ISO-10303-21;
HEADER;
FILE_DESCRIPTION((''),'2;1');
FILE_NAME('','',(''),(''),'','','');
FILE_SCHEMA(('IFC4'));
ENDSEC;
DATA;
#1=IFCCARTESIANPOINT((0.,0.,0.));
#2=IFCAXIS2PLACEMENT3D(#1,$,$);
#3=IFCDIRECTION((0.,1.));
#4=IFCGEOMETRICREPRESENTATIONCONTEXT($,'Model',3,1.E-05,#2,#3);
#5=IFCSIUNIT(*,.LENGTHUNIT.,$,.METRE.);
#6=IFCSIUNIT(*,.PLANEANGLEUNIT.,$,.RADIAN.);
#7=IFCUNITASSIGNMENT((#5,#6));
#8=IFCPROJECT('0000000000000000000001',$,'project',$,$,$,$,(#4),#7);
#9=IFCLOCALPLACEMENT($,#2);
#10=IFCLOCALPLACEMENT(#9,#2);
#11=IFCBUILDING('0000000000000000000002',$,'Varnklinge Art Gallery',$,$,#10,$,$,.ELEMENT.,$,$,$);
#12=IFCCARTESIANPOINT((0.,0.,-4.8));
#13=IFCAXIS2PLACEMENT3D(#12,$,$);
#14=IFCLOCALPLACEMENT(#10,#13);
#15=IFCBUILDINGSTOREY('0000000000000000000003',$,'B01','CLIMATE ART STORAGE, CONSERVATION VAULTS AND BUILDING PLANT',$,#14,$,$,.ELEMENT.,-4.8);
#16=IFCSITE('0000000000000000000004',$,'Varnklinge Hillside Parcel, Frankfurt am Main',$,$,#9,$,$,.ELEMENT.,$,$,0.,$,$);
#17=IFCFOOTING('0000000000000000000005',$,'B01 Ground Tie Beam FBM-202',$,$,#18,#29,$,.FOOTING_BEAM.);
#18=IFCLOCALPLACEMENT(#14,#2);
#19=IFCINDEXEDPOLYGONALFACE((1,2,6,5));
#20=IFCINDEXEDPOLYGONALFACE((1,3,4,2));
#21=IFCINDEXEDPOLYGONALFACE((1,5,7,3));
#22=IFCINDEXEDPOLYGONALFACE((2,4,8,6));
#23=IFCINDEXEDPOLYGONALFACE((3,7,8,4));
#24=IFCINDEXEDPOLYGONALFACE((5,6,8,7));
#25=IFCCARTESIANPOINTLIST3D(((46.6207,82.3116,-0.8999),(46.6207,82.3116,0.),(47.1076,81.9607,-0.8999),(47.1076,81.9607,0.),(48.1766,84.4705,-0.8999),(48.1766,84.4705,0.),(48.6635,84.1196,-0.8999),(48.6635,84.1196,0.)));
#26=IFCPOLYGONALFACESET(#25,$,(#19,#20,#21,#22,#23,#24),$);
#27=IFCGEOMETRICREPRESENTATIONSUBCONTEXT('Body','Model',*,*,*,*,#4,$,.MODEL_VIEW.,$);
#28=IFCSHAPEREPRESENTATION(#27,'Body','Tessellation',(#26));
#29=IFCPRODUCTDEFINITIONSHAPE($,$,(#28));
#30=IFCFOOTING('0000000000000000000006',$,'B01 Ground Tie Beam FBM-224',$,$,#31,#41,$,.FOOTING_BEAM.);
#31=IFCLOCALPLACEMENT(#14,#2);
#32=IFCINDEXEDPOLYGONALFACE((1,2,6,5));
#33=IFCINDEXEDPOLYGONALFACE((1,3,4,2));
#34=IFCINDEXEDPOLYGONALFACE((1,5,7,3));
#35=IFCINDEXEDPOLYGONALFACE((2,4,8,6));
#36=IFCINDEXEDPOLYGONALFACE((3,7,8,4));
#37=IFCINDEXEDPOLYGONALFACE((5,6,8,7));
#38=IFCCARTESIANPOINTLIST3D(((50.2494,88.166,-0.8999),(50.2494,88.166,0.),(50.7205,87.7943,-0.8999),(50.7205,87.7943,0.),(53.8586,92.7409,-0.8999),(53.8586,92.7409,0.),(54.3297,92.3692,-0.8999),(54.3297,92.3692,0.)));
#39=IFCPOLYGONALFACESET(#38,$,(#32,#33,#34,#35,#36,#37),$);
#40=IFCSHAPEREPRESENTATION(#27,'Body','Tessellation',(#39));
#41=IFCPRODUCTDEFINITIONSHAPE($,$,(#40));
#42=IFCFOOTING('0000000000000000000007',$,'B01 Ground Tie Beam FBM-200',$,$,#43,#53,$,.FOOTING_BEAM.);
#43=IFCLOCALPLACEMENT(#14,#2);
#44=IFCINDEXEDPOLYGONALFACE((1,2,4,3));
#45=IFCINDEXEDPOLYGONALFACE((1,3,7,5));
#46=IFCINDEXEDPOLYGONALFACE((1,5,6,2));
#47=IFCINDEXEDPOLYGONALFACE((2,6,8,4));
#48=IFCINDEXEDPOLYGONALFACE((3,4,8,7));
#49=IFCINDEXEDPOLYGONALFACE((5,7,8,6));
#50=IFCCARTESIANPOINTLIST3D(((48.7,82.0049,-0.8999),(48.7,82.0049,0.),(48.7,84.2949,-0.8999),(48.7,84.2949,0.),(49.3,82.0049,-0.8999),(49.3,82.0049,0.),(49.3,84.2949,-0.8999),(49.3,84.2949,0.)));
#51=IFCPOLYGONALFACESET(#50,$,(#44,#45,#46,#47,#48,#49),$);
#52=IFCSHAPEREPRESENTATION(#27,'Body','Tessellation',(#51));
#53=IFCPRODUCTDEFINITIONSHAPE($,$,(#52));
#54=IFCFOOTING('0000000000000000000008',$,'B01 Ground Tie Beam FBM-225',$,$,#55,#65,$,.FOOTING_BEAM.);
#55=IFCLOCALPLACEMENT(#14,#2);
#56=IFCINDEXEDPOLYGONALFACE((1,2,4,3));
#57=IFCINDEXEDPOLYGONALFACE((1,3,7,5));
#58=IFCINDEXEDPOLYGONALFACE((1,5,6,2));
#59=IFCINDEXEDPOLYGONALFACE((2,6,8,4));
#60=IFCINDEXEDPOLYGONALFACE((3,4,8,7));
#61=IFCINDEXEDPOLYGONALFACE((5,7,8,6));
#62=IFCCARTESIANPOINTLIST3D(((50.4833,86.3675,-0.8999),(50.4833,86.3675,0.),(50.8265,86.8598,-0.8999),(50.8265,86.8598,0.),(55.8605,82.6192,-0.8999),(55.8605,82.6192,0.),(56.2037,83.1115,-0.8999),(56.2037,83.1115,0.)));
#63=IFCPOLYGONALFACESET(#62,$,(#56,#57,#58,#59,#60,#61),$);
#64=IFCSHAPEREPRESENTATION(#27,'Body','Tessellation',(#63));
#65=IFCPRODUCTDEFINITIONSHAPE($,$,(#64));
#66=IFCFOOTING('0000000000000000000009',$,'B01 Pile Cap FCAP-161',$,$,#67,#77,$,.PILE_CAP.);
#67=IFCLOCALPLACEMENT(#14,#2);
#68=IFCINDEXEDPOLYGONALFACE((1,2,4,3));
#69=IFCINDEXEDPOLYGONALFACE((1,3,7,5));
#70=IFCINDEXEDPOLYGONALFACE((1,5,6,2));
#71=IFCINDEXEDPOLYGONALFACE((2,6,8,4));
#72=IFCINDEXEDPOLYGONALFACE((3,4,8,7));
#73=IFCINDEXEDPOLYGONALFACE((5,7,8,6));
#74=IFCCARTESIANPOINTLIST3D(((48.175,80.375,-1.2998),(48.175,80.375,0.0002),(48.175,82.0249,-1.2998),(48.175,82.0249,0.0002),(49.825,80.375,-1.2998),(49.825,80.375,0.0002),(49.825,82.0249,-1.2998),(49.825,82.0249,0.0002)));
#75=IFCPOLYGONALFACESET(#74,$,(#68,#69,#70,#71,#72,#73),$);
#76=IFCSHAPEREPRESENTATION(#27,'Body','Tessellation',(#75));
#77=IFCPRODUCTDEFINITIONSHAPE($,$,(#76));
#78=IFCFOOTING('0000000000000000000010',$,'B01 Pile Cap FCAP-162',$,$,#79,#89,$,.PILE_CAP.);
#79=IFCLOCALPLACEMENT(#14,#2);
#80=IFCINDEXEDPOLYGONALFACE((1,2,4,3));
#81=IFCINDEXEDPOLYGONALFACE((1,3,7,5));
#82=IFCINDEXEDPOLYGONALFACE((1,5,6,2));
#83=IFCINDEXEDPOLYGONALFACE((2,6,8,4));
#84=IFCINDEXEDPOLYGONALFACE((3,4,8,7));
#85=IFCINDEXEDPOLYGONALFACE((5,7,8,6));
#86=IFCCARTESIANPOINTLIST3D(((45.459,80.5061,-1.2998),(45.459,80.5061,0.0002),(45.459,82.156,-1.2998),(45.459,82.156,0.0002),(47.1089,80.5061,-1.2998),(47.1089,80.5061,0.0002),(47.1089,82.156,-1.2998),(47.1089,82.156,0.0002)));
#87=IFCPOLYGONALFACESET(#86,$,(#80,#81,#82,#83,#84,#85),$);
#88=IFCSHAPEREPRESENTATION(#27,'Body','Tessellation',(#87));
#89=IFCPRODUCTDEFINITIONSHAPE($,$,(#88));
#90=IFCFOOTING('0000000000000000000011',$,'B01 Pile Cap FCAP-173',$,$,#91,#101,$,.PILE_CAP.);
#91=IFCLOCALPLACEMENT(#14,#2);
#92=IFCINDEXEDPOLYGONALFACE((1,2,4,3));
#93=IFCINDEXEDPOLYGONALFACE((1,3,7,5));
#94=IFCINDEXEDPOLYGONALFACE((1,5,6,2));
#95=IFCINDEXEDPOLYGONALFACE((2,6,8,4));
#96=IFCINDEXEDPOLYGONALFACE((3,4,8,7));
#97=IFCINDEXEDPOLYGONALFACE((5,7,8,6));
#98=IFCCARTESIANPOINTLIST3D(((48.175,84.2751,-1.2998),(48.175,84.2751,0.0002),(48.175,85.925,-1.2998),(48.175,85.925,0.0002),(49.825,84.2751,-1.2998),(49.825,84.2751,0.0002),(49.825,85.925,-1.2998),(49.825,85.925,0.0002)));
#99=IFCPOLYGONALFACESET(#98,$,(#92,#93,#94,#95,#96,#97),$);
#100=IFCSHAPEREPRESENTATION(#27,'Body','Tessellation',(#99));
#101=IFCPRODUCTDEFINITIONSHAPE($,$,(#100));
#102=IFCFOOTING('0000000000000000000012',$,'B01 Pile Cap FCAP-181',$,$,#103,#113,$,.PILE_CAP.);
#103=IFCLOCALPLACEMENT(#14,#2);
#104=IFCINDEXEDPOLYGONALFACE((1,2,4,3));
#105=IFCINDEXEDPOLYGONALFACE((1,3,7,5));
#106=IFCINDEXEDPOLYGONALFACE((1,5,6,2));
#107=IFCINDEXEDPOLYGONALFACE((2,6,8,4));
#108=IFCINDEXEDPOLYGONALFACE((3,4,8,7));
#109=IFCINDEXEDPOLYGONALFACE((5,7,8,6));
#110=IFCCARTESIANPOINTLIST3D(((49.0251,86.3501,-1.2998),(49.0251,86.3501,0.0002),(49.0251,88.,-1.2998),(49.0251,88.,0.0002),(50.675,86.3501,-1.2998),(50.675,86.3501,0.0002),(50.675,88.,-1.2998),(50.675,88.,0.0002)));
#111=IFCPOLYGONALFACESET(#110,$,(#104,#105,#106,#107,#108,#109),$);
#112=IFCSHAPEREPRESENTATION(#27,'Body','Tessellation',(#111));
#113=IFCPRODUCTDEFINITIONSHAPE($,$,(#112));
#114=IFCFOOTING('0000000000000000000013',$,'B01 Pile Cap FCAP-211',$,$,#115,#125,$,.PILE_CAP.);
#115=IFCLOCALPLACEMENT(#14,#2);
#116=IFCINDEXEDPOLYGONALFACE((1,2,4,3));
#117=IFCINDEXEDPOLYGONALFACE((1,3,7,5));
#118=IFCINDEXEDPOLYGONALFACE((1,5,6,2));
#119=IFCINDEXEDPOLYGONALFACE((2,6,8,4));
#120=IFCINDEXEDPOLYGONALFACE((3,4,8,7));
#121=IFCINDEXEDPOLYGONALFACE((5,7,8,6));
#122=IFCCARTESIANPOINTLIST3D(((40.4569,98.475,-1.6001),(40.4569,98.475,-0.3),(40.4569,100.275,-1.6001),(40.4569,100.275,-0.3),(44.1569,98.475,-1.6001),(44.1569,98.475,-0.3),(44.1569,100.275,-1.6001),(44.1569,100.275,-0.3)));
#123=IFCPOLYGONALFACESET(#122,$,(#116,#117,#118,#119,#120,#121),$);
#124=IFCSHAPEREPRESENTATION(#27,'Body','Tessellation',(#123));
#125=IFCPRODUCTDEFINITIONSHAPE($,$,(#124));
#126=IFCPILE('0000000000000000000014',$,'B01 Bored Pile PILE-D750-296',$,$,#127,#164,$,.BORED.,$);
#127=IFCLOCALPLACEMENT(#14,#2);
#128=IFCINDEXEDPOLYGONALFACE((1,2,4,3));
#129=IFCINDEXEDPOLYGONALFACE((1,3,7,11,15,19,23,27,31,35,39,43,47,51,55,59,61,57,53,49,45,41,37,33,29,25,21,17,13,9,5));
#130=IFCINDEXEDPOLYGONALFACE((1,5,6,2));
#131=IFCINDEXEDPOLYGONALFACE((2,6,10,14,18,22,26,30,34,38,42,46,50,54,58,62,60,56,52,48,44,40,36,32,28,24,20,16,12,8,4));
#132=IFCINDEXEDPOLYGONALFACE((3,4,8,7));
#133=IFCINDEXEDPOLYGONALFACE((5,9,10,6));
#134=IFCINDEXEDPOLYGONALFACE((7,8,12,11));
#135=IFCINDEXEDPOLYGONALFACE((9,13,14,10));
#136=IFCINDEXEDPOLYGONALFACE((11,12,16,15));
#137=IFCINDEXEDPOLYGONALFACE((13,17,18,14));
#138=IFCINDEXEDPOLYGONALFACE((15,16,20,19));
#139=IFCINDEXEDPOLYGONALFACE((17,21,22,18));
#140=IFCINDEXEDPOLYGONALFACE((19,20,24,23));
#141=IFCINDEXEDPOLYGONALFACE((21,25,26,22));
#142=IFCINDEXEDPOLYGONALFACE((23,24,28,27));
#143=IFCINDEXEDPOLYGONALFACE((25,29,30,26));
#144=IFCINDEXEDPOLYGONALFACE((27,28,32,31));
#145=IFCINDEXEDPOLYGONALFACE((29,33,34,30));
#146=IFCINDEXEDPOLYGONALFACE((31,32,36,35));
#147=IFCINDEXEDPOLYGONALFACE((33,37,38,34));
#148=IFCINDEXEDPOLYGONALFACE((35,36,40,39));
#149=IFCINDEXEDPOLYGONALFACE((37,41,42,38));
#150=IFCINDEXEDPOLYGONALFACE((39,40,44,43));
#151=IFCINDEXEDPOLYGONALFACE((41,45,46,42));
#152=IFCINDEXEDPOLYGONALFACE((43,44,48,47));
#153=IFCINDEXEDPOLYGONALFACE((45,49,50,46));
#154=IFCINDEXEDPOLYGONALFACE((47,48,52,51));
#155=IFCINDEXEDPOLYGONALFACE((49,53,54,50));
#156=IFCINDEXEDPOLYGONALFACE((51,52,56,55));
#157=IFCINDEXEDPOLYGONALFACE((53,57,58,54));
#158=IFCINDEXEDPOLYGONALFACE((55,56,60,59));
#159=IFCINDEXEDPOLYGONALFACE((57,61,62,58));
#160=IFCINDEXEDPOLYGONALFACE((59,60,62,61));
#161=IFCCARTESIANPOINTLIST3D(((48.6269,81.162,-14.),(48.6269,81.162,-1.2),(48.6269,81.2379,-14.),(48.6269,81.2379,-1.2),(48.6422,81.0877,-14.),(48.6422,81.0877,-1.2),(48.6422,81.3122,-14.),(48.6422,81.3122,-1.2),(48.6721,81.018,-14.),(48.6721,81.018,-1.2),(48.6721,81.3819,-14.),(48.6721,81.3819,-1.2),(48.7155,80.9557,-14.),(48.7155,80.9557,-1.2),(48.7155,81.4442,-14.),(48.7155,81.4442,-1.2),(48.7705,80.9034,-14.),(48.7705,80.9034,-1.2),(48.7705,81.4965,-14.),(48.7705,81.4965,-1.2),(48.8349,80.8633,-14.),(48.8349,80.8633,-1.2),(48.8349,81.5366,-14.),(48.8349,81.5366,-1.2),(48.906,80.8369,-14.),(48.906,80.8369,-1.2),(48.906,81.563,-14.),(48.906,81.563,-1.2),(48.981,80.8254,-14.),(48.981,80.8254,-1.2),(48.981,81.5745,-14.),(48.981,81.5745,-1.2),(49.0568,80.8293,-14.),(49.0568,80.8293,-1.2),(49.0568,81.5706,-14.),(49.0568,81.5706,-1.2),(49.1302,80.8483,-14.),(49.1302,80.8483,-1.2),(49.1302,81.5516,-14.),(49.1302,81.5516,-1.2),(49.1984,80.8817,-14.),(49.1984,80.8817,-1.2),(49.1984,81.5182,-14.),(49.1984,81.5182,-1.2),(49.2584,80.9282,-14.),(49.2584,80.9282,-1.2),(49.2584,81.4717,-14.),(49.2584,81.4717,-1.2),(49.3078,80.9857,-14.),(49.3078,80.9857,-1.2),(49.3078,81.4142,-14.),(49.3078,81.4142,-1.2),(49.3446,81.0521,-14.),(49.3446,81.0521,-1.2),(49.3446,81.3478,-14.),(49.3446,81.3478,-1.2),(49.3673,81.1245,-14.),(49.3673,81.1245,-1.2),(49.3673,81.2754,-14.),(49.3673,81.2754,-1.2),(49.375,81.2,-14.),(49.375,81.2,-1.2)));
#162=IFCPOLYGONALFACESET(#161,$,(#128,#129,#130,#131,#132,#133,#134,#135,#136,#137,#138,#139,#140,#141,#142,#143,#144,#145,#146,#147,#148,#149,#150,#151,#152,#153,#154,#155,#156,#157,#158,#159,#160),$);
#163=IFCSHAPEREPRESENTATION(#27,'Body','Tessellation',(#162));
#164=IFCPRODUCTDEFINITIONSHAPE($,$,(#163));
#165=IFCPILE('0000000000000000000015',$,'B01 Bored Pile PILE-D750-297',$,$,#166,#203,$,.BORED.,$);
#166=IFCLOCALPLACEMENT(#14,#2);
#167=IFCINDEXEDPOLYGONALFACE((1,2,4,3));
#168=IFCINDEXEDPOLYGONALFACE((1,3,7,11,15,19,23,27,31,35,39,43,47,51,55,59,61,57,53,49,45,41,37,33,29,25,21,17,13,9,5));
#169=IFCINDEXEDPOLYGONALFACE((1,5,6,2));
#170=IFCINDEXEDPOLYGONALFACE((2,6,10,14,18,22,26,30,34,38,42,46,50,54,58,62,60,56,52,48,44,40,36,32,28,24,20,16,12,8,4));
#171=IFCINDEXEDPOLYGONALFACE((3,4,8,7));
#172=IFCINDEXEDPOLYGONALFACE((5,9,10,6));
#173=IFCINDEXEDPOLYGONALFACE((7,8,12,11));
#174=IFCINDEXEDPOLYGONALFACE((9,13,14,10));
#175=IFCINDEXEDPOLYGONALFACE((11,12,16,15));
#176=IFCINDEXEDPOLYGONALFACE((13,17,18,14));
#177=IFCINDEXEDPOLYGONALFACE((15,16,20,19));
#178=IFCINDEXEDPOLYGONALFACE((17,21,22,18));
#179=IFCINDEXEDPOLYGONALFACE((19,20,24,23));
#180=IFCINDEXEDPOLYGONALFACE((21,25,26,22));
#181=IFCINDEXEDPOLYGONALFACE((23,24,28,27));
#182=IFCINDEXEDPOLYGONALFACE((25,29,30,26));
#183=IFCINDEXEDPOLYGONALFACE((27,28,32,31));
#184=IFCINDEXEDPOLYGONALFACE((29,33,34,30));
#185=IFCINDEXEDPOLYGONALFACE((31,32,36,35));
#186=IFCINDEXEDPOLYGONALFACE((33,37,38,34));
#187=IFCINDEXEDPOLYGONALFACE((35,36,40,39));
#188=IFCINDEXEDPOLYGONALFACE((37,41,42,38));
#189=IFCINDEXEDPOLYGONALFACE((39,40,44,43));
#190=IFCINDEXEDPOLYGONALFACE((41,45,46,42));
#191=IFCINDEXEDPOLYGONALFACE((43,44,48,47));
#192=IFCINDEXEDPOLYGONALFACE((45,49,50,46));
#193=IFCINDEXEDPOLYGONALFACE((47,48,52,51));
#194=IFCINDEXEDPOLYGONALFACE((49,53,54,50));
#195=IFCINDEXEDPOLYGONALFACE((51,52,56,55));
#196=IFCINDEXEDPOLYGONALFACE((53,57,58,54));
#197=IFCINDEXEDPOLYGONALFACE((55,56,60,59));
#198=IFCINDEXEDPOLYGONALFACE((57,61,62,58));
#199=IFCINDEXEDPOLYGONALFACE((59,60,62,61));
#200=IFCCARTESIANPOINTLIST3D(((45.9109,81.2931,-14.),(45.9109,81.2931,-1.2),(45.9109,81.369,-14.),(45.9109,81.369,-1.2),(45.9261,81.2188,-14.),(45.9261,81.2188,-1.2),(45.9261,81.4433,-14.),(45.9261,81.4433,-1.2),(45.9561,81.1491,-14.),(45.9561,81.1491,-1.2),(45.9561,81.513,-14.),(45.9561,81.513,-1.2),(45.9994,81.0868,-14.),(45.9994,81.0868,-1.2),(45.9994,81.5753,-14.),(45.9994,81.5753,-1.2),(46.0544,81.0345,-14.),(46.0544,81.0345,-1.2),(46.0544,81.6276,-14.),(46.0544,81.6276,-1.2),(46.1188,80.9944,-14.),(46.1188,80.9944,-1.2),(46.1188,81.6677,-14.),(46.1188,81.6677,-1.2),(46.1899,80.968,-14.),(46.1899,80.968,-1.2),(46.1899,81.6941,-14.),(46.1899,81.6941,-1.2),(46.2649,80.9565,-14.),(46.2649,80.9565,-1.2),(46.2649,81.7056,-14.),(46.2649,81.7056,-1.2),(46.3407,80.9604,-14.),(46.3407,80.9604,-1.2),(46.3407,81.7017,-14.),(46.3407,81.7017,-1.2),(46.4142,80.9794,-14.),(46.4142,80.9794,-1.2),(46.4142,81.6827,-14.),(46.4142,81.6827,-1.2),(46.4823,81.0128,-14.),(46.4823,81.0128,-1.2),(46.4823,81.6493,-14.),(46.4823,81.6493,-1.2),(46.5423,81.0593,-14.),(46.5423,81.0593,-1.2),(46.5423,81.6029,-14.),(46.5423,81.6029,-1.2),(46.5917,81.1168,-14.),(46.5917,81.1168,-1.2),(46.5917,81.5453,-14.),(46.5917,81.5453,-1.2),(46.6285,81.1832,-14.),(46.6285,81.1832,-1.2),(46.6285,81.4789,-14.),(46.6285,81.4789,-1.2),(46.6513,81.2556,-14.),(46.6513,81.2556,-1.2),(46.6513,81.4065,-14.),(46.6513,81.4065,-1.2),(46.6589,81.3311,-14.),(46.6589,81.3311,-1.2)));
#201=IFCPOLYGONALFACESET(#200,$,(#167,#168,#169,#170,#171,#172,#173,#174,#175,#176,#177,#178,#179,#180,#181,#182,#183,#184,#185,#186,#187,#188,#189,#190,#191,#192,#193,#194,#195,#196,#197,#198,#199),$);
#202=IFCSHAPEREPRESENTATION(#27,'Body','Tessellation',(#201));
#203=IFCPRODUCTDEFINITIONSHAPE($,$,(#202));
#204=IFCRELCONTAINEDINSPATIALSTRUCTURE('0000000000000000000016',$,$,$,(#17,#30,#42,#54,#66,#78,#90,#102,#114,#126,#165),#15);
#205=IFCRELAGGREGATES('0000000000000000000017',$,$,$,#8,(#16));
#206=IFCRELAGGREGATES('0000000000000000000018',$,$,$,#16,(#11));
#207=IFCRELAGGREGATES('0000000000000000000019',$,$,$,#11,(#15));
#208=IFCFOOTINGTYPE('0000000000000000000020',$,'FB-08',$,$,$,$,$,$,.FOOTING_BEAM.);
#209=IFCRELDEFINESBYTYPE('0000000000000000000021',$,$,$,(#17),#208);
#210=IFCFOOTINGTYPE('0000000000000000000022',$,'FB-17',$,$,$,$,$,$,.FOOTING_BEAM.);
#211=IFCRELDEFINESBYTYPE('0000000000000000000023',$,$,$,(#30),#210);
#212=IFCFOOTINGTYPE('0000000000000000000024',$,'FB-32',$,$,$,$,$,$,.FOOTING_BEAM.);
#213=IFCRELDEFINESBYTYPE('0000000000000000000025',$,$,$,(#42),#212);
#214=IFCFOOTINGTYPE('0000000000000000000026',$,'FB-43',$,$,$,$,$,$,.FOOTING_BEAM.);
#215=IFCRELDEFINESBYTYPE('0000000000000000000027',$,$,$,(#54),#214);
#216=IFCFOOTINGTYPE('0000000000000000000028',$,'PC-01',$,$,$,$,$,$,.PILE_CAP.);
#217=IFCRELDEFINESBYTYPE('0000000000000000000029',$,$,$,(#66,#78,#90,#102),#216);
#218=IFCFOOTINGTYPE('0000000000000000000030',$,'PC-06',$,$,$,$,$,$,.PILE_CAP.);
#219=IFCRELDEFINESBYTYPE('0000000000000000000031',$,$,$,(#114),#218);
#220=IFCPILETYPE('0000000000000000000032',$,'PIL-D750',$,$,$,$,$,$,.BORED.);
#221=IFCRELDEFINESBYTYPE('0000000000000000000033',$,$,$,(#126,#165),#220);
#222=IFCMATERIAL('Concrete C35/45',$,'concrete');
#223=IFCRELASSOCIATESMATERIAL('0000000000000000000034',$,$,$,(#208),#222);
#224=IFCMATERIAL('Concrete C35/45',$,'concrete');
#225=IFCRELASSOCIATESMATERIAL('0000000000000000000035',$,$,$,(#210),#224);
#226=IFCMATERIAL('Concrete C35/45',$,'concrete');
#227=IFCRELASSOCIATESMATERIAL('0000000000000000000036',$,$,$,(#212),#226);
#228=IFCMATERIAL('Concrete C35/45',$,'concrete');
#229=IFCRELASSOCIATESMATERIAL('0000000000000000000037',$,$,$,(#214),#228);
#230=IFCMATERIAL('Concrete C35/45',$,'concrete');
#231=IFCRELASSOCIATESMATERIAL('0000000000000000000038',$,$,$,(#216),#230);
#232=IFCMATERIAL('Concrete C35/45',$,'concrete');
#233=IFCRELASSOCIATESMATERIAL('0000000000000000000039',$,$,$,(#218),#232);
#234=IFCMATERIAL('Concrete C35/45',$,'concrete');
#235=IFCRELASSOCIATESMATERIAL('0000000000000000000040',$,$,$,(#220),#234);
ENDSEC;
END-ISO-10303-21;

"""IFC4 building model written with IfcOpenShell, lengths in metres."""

from ifc_helpers import new_model, si_unit, direction, frame, origin, origin_2d, place, context, subcontext, project, spatial, rectangle, circle, extrude, material, material_profile, profile_set, type_object, element, save


model = new_model("IFC4")

# Units and contexts
model_context = context("Model", 3, precision=1e-05, world=origin(), true_north=direction((0.0, 1.0)))
body_context = subcontext(model_context, "Body", "Model", "MODEL_VIEW")
ifc_project = project(units=[si_unit("LENGTHUNIT", "METRE"), si_unit("PLANEANGLEUNIT", "RADIAN")], contexts=[model_context])

# Site, building, storey
site_placement = place(None, origin())
site = spatial("IfcSite", under=ifc_project, at=site_placement, Name="Varnklinge Hillside Parcel, Frankfurt am Main", CompositionType="ELEMENT", RefElevation=0.0)
building_placement = place(site_placement, origin())
building = spatial("IfcBuilding", under=site, at=building_placement, Name="Varnklinge Art Gallery", CompositionType="ELEMENT")
storey_placement = place(building_placement, frame((0.0, 0.0, -4.8)))
storey = spatial("IfcBuildingStorey", under=building, at=storey_placement, Name="B01", Description="CLIMATE ART STORAGE, CONSERVATION VAULTS AND BUILDING PLANT", CompositionType="ELEMENT", Elevation=-4.8)

# Footings
ifc_material_1 = material(Name="Concrete C35/45", Category="concrete")
footing_type_1 = type_object("IfcFootingType", Name="FB-08", PredefinedType="FOOTING_BEAM", material=ifc_material_1)
footing_1_placement = place(storey_placement, frame((47.6421, 83.2156, -0.8999), z_axis=(0.0, 0.0, 1.0), x_axis=(0.584675, 0.811268, 0.0)))
element("IfcFooting", 1, at=footing_1_placement, inside=storey, type_object=footing_type_1, Name="B01 Ground Tie Beam FBM-202", PredefinedType="FOOTING_BEAM", context=body_context, shape_type="SweptSolid", body=[
    extrude(rectangle(XDim=2.6611, YDim=0.6001, at=origin_2d()), origin(), (0.0, 0.0, 1.0), 0.8999),
])
ifc_material_2 = material(Name="Concrete C35/45", Category="concrete")
footing_type_2 = type_object("IfcFootingType", Name="FB-17", PredefinedType="FOOTING_BEAM", material=ifc_material_2)
footing_2_placement = place(storey_placement, frame((52.2896, 90.2676, -0.8999), z_axis=(0.0, 0.0, 1.0), x_axis=(0.619368, 0.785101, 0.0)))
element("IfcFooting", 2, at=footing_2_placement, inside=storey, type_object=footing_type_2, Name="B01 Ground Tie Beam FBM-224", PredefinedType="FOOTING_BEAM", context=body_context, shape_type="SweptSolid", body=[
    extrude(rectangle(XDim=5.8271, YDim=0.6001, at=origin_2d()), origin(), (0.0, 0.0, 1.0), 0.8999),
])
ifc_material_3 = material(Name="Concrete C35/45", Category="concrete")
footing_type_3 = type_object("IfcFootingType", Name="FB-32", PredefinedType="FOOTING_BEAM", material=ifc_material_3)
footing_3_placement = place(storey_placement, frame((49.0, 83.1499, -0.8999), z_axis=(0.0, 0.0, 1.0), x_axis=(0.0, 1.0, 0.0)))
element("IfcFooting", 3, at=footing_3_placement, inside=storey, type_object=footing_type_3, Name="B01 Ground Tie Beam FBM-200", PredefinedType="FOOTING_BEAM", context=body_context, shape_type="SweptSolid", body=[
    extrude(rectangle(XDim=2.29, YDim=0.6001, at=origin_2d()), origin(), (0.0, 0.0, 1.0), 0.8999),
])
ifc_material_4 = material(Name="Concrete C35/45", Category="concrete")
footing_type_4 = type_object("IfcFootingType", Name="FB-43", PredefinedType="FOOTING_BEAM", material=ifc_material_4)
footing_4_placement = place(storey_placement, frame((53.3435, 84.7395, -0.8999), z_axis=(0.0, 0.0, 1.0), x_axis=(0.820352, -0.57186, 0.0)))
element("IfcFooting", 4, at=footing_4_placement, inside=storey, type_object=footing_type_4, Name="B01 Ground Tie Beam FBM-225", PredefinedType="FOOTING_BEAM", context=body_context, shape_type="SweptSolid", body=[
    extrude(rectangle(XDim=6.5547, YDim=0.6001, at=origin_2d()), origin(), (0.0, 0.0, 1.0), 0.8999),
])
ifc_material_5 = material(Name="Concrete C35/45", Category="concrete")
footing_type_5 = type_object("IfcFootingType", Name="PC-01", PredefinedType="PILE_CAP", material=ifc_material_5)
for number, where, z_axis, x_axis, name in (
    (5, (49.0, 81.2, -1.2998), (0.0, 0.0, 1.0), (1.0, 0.0, 0.0), "B01 Pile Cap FCAP-161"),
    (6, (46.2839, 81.3311, -1.2998), (0.0, 0.0, 1.0), (1.0, 0.0, 0.0), "B01 Pile Cap FCAP-162"),
    (7, (49.0, 85.1001, -1.2998), (0.0, 0.0, 1.0), (1.0, 0.0, 0.0), "B01 Pile Cap FCAP-173"),
    (8, (49.8501, 87.175, -1.2998), (0.0, 0.0, 1.0), (1.0, 0.0, 0.0), "B01 Pile Cap FCAP-181"),
):
    element("IfcFooting", number, at=place(storey_placement, frame(where, z_axis=z_axis, x_axis=x_axis)), inside=storey, type_object=footing_type_5, Name=name, PredefinedType="PILE_CAP", context=body_context, shape_type="SweptSolid", body=[
        extrude(rectangle(XDim=1.6499, YDim=1.6499, at=origin_2d()), origin(), (0.0, 0.0, 1.0), 1.3),
    ])
ifc_material_6 = material(Name="Concrete C35/45", Category="concrete")
footing_type_6 = type_object("IfcFootingType", Name="PC-06", PredefinedType="PILE_CAP", material=ifc_material_6)
footing_5_placement = place(storey_placement, frame((42.3069, 99.375, -1.6001), z_axis=(0.0, 0.0, 1.0), x_axis=(1.0, 0.0, 0.0)))
element("IfcFooting", 9, at=footing_5_placement, inside=storey, type_object=footing_type_6, Name="B01 Pile Cap FCAP-211", PredefinedType="PILE_CAP", context=body_context, shape_type="SweptSolid", body=[
    extrude(rectangle(XDim=3.7, YDim=1.8, at=origin_2d()), origin(), (0.0, 0.0, 1.0), 1.3),
])

# Piles
ifc_material_7 = material(Name="Concrete C35/45", Category="concrete")
ifc_material_profile_1 = material_profile(ifc_material_7, circle(Radius=0.375, at=origin_2d()), Name="PILE D750")
ifc_profile_set_1 = profile_set([ifc_material_profile_1], Name="Concrete C35/45")
pile_type_1 = type_object("IfcPileType", Name="PIL-D750", PredefinedType="BORED", material=ifc_profile_set_1)
for number, where, z_axis, x_axis, name in (
    (10, (49.0, 81.2, -1.2), (0.0, 0.0, -1.0), (1.0, 0.0, 0.0), "B01 Bored Pile PILE-D750-296"),
    (11, (46.2839, 81.3311, -1.2), (0.0, 0.0, -1.0), (1.0, 0.0, 0.0), "B01 Bored Pile PILE-D750-297"),
):
    element("IfcPile", number, at=place(storey_placement, frame(where, z_axis=z_axis, x_axis=x_axis)), inside=storey, type_object=pile_type_1, Name=name, PredefinedType="BORED", context=body_context, shape_type="SweptSolid", body=[
        extrude(circle(Radius=0.375, at=origin_2d()), origin(), (0.0, 0.0, 1.0), 12.8),
    ])

save(model, "model.ifc")
